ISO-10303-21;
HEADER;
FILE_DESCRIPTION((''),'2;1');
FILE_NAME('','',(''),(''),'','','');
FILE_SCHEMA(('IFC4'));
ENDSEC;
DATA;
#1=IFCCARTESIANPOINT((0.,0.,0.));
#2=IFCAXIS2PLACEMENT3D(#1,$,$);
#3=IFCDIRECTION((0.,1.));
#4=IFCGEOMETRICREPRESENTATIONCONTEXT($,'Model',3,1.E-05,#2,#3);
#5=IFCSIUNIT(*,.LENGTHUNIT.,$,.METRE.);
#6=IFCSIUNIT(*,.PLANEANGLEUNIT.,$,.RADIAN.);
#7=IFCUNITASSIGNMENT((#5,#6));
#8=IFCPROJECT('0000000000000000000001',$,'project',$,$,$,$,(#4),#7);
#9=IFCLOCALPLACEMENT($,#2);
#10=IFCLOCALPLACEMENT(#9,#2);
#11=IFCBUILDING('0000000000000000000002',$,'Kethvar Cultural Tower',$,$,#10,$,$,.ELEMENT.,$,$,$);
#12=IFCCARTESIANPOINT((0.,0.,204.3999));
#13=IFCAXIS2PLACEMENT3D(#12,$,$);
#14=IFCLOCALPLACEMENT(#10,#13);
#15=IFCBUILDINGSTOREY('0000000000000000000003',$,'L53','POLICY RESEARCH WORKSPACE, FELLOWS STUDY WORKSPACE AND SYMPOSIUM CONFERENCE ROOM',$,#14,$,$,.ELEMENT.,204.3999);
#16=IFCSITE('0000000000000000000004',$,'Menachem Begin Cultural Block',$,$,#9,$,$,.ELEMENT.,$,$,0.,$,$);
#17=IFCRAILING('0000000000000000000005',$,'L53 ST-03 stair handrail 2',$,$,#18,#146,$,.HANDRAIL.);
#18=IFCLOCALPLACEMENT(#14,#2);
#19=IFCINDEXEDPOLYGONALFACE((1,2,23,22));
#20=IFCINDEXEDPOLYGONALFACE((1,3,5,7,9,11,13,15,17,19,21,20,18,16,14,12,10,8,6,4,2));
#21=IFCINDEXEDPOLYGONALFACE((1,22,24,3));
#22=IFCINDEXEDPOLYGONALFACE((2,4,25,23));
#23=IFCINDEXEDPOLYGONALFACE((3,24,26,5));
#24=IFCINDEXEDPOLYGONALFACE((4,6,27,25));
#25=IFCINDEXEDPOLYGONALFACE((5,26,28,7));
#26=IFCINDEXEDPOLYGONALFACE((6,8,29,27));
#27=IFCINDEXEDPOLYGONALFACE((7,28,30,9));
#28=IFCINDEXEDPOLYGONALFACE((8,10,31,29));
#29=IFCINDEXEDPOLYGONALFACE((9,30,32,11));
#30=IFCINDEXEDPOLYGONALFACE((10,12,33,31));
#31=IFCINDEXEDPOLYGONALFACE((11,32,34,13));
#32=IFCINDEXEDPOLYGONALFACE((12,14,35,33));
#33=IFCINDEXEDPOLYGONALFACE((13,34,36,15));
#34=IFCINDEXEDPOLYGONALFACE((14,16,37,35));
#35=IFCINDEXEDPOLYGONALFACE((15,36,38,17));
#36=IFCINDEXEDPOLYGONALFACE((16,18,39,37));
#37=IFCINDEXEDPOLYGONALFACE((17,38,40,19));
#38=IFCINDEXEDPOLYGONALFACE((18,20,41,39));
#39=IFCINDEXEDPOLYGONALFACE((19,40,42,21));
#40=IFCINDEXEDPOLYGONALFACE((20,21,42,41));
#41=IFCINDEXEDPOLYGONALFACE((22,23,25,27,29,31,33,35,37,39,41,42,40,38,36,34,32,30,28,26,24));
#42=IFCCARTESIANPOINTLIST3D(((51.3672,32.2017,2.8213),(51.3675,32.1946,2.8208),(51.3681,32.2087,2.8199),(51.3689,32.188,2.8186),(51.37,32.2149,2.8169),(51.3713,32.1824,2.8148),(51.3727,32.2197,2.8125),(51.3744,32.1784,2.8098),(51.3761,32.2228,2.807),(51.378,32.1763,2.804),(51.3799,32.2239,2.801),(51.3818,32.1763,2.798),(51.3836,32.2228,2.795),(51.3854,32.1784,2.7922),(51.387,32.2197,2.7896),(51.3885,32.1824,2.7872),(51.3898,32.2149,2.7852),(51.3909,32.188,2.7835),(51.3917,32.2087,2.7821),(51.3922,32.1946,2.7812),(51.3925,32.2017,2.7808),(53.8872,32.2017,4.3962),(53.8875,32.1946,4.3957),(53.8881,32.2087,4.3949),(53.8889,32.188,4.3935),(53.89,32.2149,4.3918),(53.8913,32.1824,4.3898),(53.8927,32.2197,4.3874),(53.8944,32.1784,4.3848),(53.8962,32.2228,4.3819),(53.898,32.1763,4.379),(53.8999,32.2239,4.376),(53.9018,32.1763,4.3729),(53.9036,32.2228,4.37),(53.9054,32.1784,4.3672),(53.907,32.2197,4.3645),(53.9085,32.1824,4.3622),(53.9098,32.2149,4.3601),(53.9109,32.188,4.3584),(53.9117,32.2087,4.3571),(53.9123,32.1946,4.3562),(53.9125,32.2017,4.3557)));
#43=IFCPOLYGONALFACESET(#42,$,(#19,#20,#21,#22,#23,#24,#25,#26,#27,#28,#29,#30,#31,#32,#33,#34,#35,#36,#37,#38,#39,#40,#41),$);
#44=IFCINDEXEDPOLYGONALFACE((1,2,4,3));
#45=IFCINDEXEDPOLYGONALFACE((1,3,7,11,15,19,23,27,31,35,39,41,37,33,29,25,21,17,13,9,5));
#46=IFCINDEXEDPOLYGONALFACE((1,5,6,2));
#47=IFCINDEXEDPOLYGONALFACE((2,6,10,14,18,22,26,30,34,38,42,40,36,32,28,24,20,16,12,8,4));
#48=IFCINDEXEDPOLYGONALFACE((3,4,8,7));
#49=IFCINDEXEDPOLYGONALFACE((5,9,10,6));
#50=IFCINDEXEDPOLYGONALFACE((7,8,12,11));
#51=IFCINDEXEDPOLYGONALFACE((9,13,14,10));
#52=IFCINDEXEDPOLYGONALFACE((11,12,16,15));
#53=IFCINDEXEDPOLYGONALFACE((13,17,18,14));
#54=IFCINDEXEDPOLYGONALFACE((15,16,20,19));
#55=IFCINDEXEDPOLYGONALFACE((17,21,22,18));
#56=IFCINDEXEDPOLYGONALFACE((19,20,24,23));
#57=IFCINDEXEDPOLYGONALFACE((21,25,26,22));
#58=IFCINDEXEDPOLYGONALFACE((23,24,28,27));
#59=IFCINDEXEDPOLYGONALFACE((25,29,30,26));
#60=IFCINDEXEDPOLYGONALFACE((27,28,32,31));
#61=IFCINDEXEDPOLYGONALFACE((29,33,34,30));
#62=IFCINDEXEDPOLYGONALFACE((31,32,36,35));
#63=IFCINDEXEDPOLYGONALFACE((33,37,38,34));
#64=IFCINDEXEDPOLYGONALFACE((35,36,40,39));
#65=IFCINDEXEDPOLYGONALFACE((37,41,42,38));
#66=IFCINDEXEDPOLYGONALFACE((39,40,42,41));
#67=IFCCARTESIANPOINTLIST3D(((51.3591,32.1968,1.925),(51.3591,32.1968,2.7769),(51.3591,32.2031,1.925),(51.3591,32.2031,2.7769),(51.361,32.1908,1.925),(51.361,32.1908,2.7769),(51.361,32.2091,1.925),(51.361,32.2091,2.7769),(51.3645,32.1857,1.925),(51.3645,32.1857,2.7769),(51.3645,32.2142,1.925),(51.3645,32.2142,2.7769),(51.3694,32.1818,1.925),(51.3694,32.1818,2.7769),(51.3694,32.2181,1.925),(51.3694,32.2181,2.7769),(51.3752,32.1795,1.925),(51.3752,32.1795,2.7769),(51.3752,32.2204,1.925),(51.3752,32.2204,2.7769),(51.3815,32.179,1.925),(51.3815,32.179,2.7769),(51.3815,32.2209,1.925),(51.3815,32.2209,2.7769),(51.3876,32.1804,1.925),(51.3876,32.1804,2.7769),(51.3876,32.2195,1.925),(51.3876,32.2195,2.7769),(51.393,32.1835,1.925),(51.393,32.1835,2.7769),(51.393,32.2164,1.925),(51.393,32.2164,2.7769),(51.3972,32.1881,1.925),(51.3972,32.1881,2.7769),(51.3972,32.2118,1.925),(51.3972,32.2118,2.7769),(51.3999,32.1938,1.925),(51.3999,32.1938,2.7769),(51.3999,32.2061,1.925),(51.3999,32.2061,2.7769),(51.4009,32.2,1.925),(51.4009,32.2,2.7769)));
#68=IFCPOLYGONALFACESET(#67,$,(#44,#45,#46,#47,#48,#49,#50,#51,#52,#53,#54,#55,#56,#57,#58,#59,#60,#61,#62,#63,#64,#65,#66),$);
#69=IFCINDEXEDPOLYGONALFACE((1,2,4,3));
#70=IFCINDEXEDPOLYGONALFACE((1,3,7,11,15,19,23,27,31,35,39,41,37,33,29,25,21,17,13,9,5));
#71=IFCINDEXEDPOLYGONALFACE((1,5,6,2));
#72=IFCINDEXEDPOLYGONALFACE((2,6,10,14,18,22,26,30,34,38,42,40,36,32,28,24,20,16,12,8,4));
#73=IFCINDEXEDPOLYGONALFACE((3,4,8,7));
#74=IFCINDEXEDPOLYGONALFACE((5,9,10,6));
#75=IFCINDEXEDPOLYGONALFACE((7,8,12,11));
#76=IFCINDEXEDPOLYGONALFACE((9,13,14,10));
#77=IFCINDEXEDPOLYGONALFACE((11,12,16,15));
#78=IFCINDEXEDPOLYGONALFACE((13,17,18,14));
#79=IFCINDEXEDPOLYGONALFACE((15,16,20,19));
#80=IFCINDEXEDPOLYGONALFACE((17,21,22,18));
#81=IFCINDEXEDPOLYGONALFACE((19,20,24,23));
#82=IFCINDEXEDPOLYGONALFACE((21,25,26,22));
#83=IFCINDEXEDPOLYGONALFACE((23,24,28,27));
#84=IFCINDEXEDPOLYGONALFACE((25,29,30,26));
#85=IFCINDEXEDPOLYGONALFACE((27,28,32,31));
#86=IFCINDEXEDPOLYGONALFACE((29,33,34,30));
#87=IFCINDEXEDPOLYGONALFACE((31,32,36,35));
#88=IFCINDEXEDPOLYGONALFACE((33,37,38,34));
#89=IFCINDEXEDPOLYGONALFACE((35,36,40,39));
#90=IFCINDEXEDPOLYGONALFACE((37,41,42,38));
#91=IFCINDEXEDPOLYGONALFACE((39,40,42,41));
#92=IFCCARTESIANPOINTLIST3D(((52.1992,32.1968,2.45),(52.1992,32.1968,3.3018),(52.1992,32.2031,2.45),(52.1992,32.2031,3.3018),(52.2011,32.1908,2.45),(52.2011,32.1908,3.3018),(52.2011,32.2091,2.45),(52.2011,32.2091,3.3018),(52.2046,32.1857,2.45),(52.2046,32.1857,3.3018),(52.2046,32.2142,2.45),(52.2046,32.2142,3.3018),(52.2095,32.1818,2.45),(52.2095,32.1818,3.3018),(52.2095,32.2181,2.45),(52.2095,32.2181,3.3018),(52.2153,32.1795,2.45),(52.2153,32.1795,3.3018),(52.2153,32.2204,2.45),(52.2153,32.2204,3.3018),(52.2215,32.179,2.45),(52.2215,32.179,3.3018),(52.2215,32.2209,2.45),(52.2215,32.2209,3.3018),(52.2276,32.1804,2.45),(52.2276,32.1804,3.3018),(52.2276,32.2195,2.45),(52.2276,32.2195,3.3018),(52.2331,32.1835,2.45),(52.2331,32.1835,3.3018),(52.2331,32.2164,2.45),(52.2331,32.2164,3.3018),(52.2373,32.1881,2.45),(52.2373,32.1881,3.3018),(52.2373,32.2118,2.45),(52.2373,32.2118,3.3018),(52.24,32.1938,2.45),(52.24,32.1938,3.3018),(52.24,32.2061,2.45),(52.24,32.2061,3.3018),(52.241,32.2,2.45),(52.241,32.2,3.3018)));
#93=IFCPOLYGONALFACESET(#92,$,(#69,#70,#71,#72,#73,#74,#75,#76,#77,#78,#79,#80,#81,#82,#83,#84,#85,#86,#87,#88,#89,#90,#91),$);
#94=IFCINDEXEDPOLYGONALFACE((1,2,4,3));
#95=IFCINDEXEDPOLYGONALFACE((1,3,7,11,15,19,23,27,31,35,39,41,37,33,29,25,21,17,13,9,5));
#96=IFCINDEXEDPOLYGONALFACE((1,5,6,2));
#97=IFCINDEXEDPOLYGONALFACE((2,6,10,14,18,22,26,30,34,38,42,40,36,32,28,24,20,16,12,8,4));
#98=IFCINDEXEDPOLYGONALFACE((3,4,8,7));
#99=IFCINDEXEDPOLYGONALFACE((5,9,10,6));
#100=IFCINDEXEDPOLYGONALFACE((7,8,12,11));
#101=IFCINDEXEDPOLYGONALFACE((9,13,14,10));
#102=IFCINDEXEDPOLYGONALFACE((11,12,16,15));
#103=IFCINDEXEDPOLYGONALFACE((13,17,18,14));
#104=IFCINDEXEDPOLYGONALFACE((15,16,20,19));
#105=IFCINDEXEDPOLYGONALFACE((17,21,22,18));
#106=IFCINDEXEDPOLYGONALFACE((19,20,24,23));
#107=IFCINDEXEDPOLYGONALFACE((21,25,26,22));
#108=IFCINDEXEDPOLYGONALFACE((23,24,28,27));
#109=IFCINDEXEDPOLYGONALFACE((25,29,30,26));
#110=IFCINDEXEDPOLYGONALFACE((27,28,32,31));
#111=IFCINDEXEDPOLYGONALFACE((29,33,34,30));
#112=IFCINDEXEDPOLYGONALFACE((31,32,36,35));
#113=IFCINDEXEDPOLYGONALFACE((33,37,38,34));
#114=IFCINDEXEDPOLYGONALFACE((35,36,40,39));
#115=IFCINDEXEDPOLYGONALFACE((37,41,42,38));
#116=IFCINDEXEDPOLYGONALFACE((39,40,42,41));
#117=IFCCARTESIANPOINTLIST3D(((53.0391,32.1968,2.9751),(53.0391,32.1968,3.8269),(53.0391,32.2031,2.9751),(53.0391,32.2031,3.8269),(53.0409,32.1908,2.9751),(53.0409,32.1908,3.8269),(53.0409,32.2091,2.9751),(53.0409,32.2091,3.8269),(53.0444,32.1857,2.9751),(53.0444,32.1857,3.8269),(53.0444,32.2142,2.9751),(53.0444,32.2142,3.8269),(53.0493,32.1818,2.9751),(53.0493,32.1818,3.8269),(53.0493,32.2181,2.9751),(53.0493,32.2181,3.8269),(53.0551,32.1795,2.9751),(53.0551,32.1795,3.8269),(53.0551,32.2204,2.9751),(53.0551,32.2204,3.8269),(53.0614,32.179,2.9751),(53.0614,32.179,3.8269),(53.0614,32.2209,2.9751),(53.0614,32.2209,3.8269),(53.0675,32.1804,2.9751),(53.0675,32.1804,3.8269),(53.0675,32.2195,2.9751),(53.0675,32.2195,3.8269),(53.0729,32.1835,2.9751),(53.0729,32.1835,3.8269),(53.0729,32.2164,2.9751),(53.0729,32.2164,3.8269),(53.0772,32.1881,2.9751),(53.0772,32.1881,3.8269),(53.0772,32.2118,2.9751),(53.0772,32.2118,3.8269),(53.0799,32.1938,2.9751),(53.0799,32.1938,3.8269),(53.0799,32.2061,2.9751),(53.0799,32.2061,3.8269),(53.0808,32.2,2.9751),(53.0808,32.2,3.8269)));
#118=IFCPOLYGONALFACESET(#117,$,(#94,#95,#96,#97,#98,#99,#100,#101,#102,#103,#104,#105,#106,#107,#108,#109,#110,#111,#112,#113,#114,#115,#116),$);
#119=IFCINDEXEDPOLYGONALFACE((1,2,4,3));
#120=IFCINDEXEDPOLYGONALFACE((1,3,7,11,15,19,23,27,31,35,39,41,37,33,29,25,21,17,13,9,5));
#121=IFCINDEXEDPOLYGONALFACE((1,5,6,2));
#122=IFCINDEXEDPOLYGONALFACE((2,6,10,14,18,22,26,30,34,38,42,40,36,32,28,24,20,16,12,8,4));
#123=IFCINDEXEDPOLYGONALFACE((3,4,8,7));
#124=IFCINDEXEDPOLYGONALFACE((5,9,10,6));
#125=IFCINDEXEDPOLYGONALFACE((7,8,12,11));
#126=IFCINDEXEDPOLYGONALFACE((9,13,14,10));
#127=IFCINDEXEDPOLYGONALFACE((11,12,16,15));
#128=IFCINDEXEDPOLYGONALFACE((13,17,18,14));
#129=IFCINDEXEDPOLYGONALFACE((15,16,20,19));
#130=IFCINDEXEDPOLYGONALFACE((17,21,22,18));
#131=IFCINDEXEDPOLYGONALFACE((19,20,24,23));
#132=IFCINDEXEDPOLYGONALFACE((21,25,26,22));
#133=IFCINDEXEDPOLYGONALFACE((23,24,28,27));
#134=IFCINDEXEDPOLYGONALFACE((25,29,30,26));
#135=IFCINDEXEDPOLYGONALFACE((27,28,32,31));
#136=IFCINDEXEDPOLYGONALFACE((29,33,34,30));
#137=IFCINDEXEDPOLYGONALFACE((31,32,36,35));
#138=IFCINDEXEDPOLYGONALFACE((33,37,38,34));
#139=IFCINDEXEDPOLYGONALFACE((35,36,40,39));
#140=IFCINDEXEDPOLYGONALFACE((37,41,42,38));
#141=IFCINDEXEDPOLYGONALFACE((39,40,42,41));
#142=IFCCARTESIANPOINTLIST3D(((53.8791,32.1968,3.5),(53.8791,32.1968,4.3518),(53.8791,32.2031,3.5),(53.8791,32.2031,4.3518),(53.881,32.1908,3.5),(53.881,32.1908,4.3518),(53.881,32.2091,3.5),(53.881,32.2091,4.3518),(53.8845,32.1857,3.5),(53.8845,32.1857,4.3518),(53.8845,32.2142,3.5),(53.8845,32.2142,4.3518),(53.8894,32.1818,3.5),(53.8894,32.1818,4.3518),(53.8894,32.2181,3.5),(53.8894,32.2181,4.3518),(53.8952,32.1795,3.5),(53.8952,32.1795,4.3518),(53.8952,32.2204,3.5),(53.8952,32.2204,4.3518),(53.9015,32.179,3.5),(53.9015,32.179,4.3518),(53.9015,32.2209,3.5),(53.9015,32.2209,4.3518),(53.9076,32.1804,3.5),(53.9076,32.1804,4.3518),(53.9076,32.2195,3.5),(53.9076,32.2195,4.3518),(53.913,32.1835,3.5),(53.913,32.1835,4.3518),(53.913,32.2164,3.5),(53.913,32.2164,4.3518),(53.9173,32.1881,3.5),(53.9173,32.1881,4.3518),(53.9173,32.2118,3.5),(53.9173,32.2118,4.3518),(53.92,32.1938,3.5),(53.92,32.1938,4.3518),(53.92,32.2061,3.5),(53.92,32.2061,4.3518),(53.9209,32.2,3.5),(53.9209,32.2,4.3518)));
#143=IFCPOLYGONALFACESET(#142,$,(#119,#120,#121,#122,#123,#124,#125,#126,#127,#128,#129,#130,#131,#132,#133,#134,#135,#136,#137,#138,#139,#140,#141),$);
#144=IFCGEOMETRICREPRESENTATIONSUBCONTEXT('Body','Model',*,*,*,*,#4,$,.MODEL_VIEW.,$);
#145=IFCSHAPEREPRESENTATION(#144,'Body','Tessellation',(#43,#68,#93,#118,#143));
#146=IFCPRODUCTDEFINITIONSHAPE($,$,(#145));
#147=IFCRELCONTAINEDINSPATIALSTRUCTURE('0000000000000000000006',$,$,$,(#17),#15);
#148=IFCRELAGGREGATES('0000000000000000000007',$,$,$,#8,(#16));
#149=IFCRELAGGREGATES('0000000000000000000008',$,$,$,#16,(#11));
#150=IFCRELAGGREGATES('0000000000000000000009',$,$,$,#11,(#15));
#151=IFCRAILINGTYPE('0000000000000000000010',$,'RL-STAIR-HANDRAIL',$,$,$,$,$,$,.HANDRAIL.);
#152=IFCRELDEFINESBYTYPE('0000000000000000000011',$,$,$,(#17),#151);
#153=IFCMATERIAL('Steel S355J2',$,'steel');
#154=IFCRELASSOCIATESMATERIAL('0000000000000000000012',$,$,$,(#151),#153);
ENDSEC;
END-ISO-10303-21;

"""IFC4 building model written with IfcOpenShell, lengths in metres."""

from ifc_helpers import new_model, si_unit, direction, frame, origin, origin_2d, place, context, subcontext, project, spatial, circle, extrude, material, type_object, element, save


model = new_model("IFC4")

# Units and contexts
model_context = context("Model", 3, precision=1e-05, world=origin(), true_north=direction((0.0, 1.0)))
body_context = subcontext(model_context, "Body", "Model", "MODEL_VIEW")
ifc_project = project(units=[si_unit("LENGTHUNIT", "METRE"), si_unit("PLANEANGLEUNIT", "RADIAN")], contexts=[model_context])

# Site, building, storey
site_placement = place(None, origin())
site = spatial("IfcSite", under=ifc_project, at=site_placement, Name="Menachem Begin Cultural Block", CompositionType="ELEMENT", RefElevation=0.0)
building_placement = place(site_placement, origin())
building = spatial("IfcBuilding", under=site, at=building_placement, Name="Kethvar Cultural Tower", CompositionType="ELEMENT")
storey_placement = place(building_placement, frame((0.0, 0.0, 204.3999)))
storey = spatial("IfcBuildingStorey", under=building, at=storey_placement, Name="L53", Description="POLICY RESEARCH WORKSPACE, FELLOWS STUDY WORKSPACE AND SYMPOSIUM CONFERENCE ROOM", CompositionType="ELEMENT", Elevation=204.3999)

# Shared definitions
ifc_material_1 = material(Name="Steel S355J2", Category="steel")

# Railing
railing_type_1 = type_object("IfcRailingType", Name="RL-STAIR-HANDRAIL", PredefinedType="HANDRAIL", material=ifc_material_1)
railing_1_placement = place(storey_placement, frame((51.3799, 32.2, 1.925)))
element("IfcRailing", 1, at=railing_1_placement, inside=storey, type_object=railing_type_1, Name="L53 ST-03 stair handrail 2", PredefinedType="HANDRAIL", context=body_context, shape_type="SweptSolid", body=[
    extrude(circle(Radius=0.0239, at=origin_2d()), frame((0.0, 0.0, 0.876), z_axis=(0.848008, 0.0, 0.529984), x_axis=(0.0, 1.0, 0.0)), (0.0, 0.0, 1.0), 2.9717),
    extrude(circle(Radius=0.021, at=origin_2d()), origin(), (0.0, 0.0, 1.0), 0.8518),
    extrude(circle(Radius=0.021, at=origin_2d()), frame((0.8401, 0.0, 0.5249)), (0.0, 0.0, 1.0), 0.8518),
    extrude(circle(Radius=0.021, at=origin_2d()), frame((1.6799, 0.0, 1.05)), (0.0, 0.0, 1.0), 0.8518),
    extrude(circle(Radius=0.021, at=origin_2d()), frame((2.52, 0.0, 1.575)), (0.0, 0.0, 1.0), 0.8518),
])

save(model, "model.ifc")
